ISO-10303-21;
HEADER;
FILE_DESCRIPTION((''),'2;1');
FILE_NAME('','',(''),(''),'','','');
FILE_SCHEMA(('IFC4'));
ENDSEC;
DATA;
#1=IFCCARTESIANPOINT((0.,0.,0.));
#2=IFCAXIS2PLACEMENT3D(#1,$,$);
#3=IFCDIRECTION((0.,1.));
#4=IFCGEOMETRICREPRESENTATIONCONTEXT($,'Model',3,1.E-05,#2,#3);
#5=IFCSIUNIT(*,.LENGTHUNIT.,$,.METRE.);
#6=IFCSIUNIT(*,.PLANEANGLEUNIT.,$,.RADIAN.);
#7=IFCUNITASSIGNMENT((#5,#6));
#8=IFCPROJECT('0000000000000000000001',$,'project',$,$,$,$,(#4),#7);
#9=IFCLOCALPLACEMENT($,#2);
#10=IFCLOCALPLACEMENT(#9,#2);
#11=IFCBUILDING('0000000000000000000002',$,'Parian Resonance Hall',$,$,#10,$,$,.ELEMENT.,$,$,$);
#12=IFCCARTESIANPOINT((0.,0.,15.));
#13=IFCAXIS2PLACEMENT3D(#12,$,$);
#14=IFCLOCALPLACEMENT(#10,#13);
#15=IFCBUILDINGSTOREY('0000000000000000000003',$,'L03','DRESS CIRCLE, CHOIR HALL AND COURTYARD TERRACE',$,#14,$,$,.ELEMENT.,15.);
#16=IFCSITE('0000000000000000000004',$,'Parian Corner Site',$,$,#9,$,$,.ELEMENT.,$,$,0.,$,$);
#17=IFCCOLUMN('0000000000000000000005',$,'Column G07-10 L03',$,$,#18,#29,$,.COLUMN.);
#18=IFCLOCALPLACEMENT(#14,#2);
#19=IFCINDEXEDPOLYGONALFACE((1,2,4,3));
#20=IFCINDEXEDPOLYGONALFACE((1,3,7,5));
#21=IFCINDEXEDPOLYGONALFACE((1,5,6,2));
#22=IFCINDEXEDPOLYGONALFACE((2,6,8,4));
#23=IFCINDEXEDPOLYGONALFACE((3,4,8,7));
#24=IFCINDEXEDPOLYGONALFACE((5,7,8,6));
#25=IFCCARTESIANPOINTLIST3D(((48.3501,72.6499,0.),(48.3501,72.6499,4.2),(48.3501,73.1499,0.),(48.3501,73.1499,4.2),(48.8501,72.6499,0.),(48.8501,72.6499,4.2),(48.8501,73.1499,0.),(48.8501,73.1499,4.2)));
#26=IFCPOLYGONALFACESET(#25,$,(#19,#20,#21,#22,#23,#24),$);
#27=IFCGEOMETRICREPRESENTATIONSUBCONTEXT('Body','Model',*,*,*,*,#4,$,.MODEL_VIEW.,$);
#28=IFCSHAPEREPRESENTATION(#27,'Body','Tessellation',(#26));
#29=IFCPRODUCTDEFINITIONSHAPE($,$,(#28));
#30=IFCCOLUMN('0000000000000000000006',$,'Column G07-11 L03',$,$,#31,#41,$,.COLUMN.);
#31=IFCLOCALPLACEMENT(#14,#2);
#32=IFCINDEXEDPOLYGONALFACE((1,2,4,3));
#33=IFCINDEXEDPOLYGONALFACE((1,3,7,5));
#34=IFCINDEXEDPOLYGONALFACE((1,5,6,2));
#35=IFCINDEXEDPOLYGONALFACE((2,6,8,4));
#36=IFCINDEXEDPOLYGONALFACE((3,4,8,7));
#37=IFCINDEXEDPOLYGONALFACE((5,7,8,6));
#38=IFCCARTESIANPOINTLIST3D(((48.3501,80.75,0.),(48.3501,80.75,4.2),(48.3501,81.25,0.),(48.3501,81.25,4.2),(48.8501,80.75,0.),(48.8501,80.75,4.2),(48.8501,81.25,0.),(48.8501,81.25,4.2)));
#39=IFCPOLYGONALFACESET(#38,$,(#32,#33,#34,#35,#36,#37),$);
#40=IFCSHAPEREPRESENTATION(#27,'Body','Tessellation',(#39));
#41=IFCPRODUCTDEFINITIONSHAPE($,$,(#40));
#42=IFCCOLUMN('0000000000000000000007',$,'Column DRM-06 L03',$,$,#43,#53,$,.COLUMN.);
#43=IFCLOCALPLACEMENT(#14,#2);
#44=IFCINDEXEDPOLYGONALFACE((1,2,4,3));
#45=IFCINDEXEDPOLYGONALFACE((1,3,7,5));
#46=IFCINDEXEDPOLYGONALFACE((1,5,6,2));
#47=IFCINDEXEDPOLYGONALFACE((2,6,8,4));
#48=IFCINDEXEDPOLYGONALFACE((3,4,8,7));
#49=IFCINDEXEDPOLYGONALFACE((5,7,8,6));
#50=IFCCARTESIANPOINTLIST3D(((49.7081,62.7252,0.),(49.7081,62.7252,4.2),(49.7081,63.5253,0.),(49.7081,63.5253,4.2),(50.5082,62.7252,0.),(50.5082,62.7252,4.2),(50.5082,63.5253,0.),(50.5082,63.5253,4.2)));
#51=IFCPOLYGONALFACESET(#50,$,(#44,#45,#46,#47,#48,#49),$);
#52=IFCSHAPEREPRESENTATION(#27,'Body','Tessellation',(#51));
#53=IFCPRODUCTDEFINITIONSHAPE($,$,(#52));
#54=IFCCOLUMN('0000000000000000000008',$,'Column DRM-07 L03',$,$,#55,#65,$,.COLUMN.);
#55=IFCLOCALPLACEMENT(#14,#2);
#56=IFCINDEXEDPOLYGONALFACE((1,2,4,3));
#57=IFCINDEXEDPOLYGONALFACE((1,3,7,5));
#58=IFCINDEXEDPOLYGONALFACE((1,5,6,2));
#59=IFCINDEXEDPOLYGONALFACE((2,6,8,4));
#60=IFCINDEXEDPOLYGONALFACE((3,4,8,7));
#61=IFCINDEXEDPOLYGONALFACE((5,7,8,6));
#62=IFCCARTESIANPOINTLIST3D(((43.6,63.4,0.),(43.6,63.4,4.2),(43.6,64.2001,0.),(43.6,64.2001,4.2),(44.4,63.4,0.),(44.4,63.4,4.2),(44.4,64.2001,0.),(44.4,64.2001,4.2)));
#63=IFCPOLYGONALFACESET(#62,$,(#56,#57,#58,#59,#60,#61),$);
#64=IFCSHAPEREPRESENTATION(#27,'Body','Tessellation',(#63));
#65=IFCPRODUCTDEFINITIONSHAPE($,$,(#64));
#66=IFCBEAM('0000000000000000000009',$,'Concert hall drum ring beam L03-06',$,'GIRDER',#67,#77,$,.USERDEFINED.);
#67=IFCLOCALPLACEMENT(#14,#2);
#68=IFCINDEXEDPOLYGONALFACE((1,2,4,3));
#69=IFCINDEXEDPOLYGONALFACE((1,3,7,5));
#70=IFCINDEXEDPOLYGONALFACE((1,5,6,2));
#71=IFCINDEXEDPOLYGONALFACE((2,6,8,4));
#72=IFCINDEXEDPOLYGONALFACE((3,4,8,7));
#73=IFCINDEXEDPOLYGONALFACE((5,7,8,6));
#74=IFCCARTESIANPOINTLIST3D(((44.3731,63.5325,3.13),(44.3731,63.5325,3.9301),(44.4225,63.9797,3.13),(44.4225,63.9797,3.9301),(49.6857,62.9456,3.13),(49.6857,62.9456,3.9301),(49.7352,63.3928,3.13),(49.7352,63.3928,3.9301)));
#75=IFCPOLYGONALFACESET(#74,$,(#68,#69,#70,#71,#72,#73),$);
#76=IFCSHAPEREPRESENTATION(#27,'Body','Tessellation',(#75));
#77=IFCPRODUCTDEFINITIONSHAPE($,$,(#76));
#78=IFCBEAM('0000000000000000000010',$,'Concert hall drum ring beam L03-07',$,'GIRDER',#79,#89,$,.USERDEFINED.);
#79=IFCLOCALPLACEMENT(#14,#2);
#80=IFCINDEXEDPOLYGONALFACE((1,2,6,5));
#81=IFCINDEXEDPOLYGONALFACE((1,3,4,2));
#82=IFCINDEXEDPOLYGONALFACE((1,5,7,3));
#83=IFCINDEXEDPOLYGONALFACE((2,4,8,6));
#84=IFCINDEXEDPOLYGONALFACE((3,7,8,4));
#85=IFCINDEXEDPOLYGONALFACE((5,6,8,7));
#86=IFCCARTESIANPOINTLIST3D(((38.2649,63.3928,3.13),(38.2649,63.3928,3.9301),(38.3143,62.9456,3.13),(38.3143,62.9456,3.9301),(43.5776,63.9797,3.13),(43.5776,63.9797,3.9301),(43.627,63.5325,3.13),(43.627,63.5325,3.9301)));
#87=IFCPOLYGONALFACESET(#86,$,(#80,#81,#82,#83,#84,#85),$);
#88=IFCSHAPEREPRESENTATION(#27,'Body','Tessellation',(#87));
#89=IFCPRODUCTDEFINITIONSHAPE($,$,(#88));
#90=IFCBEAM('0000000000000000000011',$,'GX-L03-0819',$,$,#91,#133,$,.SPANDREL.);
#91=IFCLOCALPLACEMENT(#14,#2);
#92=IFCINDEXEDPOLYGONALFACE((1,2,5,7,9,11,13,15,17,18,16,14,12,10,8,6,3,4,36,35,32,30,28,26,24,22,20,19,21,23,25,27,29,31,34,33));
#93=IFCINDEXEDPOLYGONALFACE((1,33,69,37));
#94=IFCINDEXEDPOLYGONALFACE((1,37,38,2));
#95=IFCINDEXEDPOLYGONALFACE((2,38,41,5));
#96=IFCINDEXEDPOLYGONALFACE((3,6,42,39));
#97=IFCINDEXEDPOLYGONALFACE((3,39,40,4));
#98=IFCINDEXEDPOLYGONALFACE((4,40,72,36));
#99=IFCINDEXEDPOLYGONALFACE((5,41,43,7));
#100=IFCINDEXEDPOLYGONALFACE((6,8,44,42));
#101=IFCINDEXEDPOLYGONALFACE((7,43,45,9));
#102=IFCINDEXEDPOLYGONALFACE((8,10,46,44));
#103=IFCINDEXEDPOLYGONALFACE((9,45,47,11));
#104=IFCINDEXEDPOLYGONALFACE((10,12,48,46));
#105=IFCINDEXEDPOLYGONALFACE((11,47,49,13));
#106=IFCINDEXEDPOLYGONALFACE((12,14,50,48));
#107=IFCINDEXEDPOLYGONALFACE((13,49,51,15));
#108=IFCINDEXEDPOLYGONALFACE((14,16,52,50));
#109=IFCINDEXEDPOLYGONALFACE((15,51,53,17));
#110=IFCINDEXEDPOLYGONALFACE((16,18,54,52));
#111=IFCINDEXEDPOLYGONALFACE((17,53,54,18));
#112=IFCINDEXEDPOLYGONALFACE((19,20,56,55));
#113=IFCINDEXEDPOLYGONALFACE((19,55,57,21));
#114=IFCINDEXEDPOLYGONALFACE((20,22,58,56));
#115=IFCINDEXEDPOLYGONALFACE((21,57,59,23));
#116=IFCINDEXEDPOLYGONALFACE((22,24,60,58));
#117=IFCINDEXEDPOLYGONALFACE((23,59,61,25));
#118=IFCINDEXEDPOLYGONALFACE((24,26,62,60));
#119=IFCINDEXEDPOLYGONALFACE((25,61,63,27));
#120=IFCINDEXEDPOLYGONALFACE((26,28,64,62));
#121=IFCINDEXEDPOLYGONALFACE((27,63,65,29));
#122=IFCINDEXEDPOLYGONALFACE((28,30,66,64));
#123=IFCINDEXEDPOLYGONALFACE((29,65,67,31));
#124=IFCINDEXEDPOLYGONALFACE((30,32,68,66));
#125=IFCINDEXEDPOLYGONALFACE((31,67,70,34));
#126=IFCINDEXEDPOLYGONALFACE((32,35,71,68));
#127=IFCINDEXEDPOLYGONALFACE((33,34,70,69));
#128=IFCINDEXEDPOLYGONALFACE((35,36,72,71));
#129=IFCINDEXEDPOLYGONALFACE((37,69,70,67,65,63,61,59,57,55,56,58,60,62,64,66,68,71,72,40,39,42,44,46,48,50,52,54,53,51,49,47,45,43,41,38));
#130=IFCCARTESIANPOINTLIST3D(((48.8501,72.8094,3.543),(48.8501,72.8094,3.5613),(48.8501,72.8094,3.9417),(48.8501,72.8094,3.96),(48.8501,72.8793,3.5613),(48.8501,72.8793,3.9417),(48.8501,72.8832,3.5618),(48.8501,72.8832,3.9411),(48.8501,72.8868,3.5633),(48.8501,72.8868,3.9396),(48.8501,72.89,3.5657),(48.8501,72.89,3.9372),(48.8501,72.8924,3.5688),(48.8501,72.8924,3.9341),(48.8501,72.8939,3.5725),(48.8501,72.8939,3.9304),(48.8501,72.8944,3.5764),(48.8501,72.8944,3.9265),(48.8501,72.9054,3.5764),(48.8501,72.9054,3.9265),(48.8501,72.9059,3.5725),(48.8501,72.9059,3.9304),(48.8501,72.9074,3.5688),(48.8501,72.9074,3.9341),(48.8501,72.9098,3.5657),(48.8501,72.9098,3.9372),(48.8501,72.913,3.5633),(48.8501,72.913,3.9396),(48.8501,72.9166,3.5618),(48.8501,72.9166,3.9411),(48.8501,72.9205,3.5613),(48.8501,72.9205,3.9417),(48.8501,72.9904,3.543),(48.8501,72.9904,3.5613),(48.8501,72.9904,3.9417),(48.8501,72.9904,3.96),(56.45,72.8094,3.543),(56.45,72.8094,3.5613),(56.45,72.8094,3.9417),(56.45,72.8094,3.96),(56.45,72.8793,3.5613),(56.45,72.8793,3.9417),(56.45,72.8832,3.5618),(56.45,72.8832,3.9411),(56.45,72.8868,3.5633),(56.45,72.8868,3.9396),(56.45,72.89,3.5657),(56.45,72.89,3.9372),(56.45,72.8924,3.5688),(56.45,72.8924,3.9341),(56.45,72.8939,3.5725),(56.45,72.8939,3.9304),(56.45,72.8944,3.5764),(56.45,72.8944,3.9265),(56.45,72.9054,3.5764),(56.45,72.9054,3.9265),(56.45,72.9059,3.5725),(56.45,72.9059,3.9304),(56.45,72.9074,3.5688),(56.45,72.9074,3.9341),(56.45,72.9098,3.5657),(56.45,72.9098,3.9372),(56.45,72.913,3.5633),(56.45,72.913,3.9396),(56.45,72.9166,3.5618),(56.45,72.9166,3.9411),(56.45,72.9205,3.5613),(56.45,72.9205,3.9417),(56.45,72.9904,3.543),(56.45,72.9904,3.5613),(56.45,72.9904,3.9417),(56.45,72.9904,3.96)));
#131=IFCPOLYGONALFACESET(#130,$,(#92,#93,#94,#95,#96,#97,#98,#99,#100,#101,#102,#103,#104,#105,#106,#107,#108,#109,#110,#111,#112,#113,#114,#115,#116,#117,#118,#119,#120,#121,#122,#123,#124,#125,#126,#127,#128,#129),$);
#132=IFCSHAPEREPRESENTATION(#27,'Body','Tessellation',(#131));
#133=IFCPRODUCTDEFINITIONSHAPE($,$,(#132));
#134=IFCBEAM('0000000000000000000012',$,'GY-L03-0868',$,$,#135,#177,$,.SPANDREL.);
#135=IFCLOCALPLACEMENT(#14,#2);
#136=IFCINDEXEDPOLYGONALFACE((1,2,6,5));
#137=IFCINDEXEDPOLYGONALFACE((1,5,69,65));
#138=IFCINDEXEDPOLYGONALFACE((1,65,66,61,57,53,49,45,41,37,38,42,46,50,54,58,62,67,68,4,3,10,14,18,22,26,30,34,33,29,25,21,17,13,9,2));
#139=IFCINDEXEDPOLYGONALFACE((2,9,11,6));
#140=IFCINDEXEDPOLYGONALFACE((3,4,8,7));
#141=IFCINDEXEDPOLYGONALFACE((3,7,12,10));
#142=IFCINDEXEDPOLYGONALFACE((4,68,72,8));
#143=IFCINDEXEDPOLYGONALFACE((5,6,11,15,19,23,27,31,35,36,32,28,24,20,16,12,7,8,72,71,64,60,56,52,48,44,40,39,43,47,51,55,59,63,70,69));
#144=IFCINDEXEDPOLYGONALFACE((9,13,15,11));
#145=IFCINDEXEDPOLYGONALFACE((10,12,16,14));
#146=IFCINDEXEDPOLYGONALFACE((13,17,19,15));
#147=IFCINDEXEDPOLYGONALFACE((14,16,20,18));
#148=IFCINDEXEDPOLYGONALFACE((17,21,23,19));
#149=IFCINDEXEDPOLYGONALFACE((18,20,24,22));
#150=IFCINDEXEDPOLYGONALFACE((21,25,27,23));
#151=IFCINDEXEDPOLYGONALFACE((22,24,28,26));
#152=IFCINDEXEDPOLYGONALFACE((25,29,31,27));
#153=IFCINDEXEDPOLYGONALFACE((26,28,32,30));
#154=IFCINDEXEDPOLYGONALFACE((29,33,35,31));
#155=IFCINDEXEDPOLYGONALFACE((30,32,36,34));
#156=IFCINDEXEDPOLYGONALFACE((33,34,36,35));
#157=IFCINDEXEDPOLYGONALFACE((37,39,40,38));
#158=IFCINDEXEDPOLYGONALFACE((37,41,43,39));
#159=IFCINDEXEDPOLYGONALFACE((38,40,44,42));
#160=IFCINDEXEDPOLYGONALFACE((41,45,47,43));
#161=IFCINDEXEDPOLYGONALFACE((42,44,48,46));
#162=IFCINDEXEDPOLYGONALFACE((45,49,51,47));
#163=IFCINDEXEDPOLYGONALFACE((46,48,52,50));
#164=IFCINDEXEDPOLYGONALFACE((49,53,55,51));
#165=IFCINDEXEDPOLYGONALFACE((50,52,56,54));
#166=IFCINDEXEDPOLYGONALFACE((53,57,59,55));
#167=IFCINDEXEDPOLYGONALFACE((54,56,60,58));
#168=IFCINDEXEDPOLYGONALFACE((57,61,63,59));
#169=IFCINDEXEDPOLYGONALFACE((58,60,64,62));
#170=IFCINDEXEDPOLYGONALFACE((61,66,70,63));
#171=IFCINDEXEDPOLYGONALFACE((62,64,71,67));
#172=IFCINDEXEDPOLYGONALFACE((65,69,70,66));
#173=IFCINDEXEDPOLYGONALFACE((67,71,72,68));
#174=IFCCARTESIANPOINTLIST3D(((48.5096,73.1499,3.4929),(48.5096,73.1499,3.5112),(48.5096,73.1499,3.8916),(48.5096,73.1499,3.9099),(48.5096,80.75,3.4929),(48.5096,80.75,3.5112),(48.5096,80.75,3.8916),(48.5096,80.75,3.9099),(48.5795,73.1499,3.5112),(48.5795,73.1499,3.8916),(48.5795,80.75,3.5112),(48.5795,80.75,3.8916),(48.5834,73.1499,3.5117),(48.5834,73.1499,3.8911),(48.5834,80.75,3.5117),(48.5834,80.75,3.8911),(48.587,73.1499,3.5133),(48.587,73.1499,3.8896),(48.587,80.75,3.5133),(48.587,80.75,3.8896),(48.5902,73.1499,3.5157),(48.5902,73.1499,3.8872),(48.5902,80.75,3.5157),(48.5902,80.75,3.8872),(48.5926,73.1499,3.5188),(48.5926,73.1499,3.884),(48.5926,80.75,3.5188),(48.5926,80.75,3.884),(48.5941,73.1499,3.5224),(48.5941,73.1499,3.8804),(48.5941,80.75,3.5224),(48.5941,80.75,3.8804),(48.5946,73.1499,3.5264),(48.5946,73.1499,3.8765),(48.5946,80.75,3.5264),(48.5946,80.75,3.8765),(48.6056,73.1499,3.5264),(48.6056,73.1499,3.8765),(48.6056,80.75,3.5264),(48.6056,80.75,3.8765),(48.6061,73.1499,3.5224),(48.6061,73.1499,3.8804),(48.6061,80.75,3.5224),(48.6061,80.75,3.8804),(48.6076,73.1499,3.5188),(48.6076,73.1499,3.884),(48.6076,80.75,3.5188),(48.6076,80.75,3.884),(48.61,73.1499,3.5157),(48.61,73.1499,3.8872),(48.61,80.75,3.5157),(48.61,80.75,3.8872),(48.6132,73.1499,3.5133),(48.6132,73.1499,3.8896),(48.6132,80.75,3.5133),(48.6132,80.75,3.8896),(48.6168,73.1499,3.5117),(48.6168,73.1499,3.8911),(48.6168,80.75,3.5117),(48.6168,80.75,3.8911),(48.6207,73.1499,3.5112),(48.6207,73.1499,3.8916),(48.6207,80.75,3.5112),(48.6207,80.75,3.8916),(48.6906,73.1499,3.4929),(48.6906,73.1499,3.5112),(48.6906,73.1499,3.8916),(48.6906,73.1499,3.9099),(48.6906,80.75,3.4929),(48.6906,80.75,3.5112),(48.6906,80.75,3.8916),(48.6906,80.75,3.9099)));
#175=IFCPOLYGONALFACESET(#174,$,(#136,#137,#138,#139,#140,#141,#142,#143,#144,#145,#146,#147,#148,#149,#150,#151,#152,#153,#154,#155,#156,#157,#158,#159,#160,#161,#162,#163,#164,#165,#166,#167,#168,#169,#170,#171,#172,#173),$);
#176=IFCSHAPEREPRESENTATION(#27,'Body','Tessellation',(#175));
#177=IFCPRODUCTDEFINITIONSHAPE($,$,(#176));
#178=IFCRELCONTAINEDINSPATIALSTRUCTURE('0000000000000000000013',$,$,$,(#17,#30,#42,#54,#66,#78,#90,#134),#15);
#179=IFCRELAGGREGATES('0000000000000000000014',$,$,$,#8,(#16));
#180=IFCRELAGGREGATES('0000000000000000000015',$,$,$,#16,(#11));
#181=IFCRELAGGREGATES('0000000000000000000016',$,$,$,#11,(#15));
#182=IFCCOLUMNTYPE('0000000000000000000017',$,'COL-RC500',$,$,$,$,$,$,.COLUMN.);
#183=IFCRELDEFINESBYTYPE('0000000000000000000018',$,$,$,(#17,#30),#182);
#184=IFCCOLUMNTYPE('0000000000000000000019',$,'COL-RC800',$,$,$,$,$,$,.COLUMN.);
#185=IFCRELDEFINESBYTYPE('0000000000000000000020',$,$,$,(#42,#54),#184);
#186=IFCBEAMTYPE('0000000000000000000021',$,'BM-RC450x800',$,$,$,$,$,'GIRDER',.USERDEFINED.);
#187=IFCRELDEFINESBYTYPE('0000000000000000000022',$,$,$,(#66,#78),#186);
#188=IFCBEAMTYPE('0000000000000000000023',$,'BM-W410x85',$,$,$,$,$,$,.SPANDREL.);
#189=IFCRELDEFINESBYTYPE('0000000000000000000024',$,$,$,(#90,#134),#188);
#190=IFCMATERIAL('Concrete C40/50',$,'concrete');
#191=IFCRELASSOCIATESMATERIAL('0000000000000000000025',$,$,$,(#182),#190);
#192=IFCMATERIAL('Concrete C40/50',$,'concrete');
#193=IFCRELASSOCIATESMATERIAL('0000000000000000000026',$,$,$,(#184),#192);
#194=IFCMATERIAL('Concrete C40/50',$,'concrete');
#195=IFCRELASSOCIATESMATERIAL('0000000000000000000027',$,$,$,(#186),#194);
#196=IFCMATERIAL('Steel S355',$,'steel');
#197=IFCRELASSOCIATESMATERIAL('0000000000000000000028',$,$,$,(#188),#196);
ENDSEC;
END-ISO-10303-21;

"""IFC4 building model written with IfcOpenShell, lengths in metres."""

from ifc_helpers import new_model, si_unit, direction, frame, origin, origin_2d, place, context, subcontext, project, spatial, rectangle, i_section, extrude, material, material_profile, profile_set, type_object, element, save


model = new_model("IFC4")

# Units and contexts
model_context = context("Model", 3, precision=1e-05, world=origin(), true_north=direction((0.0, 1.0)))
body_context = subcontext(model_context, "Body", "Model", "MODEL_VIEW")
ifc_project = project(units=[si_unit("LENGTHUNIT", "METRE"), si_unit("PLANEANGLEUNIT", "RADIAN")], contexts=[model_context])

# Site, building, storey
site_placement = place(None, origin())
site = spatial("IfcSite", under=ifc_project, at=site_placement, Name="Parian Corner Site", CompositionType="ELEMENT", RefElevation=0.0)
building_placement = place(site_placement, origin())
building = spatial("IfcBuilding", under=site, at=building_placement, Name="Parian Resonance Hall", CompositionType="ELEMENT")
storey_placement = place(building_placement, frame((0.0, 0.0, 15.0)))
storey = spatial("IfcBuildingStorey", under=building, at=storey_placement, Name="L03", Description="DRESS CIRCLE, CHOIR HALL AND COURTYARD TERRACE", CompositionType="ELEMENT", Elevation=15.0)

# Columns
ifc_material_1 = material(Name="Concrete C40/50", Category="concrete")
ifc_material_profile_1 = material_profile(ifc_material_1, rectangle(XDim=0.5, YDim=0.5, at=origin_2d()), Name="RC-COL-500x500")
ifc_profile_set_1 = profile_set([ifc_material_profile_1], Name="Concrete C40/50")
column_type_1 = type_object("IfcColumnType", Name="COL-RC500", PredefinedType="COLUMN", material=ifc_profile_set_1)
for number, where, z_axis, x_axis, name in (
    (1, (48.6001, 72.8999, 0.0), (0.0, 0.0, 1.0), (1.0, 0.0, 0.0), "Column G07-10 L03"),
    (2, (48.6001, 81.0, 0.0), (0.0, 0.0, 1.0), (1.0, 0.0, 0.0), "Column G07-11 L03"),
):
    element("IfcColumn", number, at=place(storey_placement, frame(where, z_axis=z_axis, x_axis=x_axis)), inside=storey, type_object=column_type_1, Name=name, PredefinedType="COLUMN", context=body_context, shape_type="SweptSolid", body=[
        extrude(rectangle(XDim=0.5, YDim=0.5, at=origin_2d()), origin(), (0.0, 0.0, 1.0), 4.2),
    ])
ifc_material_2 = material(Name="Concrete C40/50", Category="concrete")
ifc_material_profile_2 = material_profile(ifc_material_2, rectangle(XDim=0.8, YDim=0.8, at=origin_2d()), Name="RC-COL-800x800")
ifc_profile_set_2 = profile_set([ifc_material_profile_2], Name="Concrete C40/50")
column_type_2 = type_object("IfcColumnType", Name="COL-RC800", PredefinedType="COLUMN", material=ifc_profile_set_2)
for number, where, z_axis, x_axis, name in (
    (3, (50.1082, 63.1252, 0.0), (0.0, 0.0, 1.0), (1.0, 0.0, 0.0), "Column DRM-06 L03"),
    (4, (44.0, 63.8, 0.0), (0.0, 0.0, 1.0), (1.0, 0.0, 0.0), "Column DRM-07 L03"),
):
    element("IfcColumn", number, at=place(storey_placement, frame(where, z_axis=z_axis, x_axis=x_axis)), inside=storey, type_object=column_type_2, Name=name, PredefinedType="COLUMN", context=body_context, shape_type="SweptSolid", body=[
        extrude(rectangle(XDim=0.8, YDim=0.8, at=origin_2d()), origin(), (0.0, 0.0, 1.0), 4.2),
    ])

# Beams
ifc_material_3 = material(Name="Concrete C40/50", Category="concrete")
ifc_material_profile_3 = material_profile(ifc_material_3, rectangle(XDim=0.45, YDim=0.8, at=origin_2d()), Name="RC-BM-450x800")
ifc_profile_set_3 = profile_set([ifc_material_profile_3], Name="Concrete C40/50")
beam_type_1 = type_object("IfcBeamType", Name="BM-RC450x800", ElementType="GIRDER", PredefinedType="USERDEFINED", material=ifc_profile_set_3)
for number, where, z_axis, x_axis, name in (
    (5, (49.7104, 63.1692, 3.53), (-0.993953, 0.109805, 0.0), (-0.109805, -0.993953, 0.0), "Concert hall drum ring beam L03-06"),
    (6, (43.6023, 63.7561, 3.53), (-0.993953, -0.109805, 0.0), (0.109805, -0.993953, 0.0), "Concert hall drum ring beam L03-07"),
):
    element("IfcBeam", number, at=place(storey_placement, frame(where, z_axis=z_axis, x_axis=x_axis)), inside=storey, type_object=beam_type_1, Name=name, ObjectType="GIRDER", PredefinedType="USERDEFINED", context=body_context, shape_type="SweptSolid", body=[
        extrude(rectangle(XDim=0.45, YDim=0.8, at=origin_2d()), origin(), (0.0, 0.0, 1.0), 5.345),
    ])
ifc_material_4 = material(Name="Steel S355", Category="steel")
ifc_material_profile_4 = material_profile(ifc_material_4, i_section(OverallWidth=0.1809, OverallDepth=0.417, WebThickness=0.011, FlangeThickness=0.0183, FilletRadius=0.0151, at=origin_2d()), Name="W410x85")
ifc_profile_set_4 = profile_set([ifc_material_profile_4], Name="Steel S355")
beam_type_2 = type_object("IfcBeamType", Name="BM-W410x85", PredefinedType="SPANDREL", material=ifc_profile_set_4)
beam_1_placement = place(storey_placement, frame((48.8501, 72.8999, 3.7515), z_axis=(1.0, 0.0, 0.0), x_axis=(0.0, 1.0, 0.0)))
element("IfcBeam", 7, at=beam_1_placement, inside=storey, type_object=beam_type_2, Name="GX-L03-0819", PredefinedType="SPANDREL", context=body_context, shape_type="SweptSolid", body=[
    extrude(i_section(OverallWidth=0.1809, OverallDepth=0.417, WebThickness=0.011, FlangeThickness=0.0183, FilletRadius=0.0151, at=origin_2d()), origin(), (0.0, 0.0, 1.0), 7.5999),
])
beam_2_placement = place(storey_placement, frame((48.6001, 73.1499, 3.7014), z_axis=(0.0, 1.0, 0.0), x_axis=(-1.0, 0.0, 0.0)))
element("IfcBeam", 8, at=beam_2_placement, inside=storey, type_object=beam_type_2, Name="GY-L03-0868", PredefinedType="SPANDREL", context=body_context, shape_type="SweptSolid", body=[
    extrude(i_section(OverallWidth=0.1809, OverallDepth=0.417, WebThickness=0.011, FlangeThickness=0.0183, FilletRadius=0.0151, at=origin_2d()), origin(), (0.0, 0.0, 1.0), 7.6001),
])

save(model, "model.ifc")
